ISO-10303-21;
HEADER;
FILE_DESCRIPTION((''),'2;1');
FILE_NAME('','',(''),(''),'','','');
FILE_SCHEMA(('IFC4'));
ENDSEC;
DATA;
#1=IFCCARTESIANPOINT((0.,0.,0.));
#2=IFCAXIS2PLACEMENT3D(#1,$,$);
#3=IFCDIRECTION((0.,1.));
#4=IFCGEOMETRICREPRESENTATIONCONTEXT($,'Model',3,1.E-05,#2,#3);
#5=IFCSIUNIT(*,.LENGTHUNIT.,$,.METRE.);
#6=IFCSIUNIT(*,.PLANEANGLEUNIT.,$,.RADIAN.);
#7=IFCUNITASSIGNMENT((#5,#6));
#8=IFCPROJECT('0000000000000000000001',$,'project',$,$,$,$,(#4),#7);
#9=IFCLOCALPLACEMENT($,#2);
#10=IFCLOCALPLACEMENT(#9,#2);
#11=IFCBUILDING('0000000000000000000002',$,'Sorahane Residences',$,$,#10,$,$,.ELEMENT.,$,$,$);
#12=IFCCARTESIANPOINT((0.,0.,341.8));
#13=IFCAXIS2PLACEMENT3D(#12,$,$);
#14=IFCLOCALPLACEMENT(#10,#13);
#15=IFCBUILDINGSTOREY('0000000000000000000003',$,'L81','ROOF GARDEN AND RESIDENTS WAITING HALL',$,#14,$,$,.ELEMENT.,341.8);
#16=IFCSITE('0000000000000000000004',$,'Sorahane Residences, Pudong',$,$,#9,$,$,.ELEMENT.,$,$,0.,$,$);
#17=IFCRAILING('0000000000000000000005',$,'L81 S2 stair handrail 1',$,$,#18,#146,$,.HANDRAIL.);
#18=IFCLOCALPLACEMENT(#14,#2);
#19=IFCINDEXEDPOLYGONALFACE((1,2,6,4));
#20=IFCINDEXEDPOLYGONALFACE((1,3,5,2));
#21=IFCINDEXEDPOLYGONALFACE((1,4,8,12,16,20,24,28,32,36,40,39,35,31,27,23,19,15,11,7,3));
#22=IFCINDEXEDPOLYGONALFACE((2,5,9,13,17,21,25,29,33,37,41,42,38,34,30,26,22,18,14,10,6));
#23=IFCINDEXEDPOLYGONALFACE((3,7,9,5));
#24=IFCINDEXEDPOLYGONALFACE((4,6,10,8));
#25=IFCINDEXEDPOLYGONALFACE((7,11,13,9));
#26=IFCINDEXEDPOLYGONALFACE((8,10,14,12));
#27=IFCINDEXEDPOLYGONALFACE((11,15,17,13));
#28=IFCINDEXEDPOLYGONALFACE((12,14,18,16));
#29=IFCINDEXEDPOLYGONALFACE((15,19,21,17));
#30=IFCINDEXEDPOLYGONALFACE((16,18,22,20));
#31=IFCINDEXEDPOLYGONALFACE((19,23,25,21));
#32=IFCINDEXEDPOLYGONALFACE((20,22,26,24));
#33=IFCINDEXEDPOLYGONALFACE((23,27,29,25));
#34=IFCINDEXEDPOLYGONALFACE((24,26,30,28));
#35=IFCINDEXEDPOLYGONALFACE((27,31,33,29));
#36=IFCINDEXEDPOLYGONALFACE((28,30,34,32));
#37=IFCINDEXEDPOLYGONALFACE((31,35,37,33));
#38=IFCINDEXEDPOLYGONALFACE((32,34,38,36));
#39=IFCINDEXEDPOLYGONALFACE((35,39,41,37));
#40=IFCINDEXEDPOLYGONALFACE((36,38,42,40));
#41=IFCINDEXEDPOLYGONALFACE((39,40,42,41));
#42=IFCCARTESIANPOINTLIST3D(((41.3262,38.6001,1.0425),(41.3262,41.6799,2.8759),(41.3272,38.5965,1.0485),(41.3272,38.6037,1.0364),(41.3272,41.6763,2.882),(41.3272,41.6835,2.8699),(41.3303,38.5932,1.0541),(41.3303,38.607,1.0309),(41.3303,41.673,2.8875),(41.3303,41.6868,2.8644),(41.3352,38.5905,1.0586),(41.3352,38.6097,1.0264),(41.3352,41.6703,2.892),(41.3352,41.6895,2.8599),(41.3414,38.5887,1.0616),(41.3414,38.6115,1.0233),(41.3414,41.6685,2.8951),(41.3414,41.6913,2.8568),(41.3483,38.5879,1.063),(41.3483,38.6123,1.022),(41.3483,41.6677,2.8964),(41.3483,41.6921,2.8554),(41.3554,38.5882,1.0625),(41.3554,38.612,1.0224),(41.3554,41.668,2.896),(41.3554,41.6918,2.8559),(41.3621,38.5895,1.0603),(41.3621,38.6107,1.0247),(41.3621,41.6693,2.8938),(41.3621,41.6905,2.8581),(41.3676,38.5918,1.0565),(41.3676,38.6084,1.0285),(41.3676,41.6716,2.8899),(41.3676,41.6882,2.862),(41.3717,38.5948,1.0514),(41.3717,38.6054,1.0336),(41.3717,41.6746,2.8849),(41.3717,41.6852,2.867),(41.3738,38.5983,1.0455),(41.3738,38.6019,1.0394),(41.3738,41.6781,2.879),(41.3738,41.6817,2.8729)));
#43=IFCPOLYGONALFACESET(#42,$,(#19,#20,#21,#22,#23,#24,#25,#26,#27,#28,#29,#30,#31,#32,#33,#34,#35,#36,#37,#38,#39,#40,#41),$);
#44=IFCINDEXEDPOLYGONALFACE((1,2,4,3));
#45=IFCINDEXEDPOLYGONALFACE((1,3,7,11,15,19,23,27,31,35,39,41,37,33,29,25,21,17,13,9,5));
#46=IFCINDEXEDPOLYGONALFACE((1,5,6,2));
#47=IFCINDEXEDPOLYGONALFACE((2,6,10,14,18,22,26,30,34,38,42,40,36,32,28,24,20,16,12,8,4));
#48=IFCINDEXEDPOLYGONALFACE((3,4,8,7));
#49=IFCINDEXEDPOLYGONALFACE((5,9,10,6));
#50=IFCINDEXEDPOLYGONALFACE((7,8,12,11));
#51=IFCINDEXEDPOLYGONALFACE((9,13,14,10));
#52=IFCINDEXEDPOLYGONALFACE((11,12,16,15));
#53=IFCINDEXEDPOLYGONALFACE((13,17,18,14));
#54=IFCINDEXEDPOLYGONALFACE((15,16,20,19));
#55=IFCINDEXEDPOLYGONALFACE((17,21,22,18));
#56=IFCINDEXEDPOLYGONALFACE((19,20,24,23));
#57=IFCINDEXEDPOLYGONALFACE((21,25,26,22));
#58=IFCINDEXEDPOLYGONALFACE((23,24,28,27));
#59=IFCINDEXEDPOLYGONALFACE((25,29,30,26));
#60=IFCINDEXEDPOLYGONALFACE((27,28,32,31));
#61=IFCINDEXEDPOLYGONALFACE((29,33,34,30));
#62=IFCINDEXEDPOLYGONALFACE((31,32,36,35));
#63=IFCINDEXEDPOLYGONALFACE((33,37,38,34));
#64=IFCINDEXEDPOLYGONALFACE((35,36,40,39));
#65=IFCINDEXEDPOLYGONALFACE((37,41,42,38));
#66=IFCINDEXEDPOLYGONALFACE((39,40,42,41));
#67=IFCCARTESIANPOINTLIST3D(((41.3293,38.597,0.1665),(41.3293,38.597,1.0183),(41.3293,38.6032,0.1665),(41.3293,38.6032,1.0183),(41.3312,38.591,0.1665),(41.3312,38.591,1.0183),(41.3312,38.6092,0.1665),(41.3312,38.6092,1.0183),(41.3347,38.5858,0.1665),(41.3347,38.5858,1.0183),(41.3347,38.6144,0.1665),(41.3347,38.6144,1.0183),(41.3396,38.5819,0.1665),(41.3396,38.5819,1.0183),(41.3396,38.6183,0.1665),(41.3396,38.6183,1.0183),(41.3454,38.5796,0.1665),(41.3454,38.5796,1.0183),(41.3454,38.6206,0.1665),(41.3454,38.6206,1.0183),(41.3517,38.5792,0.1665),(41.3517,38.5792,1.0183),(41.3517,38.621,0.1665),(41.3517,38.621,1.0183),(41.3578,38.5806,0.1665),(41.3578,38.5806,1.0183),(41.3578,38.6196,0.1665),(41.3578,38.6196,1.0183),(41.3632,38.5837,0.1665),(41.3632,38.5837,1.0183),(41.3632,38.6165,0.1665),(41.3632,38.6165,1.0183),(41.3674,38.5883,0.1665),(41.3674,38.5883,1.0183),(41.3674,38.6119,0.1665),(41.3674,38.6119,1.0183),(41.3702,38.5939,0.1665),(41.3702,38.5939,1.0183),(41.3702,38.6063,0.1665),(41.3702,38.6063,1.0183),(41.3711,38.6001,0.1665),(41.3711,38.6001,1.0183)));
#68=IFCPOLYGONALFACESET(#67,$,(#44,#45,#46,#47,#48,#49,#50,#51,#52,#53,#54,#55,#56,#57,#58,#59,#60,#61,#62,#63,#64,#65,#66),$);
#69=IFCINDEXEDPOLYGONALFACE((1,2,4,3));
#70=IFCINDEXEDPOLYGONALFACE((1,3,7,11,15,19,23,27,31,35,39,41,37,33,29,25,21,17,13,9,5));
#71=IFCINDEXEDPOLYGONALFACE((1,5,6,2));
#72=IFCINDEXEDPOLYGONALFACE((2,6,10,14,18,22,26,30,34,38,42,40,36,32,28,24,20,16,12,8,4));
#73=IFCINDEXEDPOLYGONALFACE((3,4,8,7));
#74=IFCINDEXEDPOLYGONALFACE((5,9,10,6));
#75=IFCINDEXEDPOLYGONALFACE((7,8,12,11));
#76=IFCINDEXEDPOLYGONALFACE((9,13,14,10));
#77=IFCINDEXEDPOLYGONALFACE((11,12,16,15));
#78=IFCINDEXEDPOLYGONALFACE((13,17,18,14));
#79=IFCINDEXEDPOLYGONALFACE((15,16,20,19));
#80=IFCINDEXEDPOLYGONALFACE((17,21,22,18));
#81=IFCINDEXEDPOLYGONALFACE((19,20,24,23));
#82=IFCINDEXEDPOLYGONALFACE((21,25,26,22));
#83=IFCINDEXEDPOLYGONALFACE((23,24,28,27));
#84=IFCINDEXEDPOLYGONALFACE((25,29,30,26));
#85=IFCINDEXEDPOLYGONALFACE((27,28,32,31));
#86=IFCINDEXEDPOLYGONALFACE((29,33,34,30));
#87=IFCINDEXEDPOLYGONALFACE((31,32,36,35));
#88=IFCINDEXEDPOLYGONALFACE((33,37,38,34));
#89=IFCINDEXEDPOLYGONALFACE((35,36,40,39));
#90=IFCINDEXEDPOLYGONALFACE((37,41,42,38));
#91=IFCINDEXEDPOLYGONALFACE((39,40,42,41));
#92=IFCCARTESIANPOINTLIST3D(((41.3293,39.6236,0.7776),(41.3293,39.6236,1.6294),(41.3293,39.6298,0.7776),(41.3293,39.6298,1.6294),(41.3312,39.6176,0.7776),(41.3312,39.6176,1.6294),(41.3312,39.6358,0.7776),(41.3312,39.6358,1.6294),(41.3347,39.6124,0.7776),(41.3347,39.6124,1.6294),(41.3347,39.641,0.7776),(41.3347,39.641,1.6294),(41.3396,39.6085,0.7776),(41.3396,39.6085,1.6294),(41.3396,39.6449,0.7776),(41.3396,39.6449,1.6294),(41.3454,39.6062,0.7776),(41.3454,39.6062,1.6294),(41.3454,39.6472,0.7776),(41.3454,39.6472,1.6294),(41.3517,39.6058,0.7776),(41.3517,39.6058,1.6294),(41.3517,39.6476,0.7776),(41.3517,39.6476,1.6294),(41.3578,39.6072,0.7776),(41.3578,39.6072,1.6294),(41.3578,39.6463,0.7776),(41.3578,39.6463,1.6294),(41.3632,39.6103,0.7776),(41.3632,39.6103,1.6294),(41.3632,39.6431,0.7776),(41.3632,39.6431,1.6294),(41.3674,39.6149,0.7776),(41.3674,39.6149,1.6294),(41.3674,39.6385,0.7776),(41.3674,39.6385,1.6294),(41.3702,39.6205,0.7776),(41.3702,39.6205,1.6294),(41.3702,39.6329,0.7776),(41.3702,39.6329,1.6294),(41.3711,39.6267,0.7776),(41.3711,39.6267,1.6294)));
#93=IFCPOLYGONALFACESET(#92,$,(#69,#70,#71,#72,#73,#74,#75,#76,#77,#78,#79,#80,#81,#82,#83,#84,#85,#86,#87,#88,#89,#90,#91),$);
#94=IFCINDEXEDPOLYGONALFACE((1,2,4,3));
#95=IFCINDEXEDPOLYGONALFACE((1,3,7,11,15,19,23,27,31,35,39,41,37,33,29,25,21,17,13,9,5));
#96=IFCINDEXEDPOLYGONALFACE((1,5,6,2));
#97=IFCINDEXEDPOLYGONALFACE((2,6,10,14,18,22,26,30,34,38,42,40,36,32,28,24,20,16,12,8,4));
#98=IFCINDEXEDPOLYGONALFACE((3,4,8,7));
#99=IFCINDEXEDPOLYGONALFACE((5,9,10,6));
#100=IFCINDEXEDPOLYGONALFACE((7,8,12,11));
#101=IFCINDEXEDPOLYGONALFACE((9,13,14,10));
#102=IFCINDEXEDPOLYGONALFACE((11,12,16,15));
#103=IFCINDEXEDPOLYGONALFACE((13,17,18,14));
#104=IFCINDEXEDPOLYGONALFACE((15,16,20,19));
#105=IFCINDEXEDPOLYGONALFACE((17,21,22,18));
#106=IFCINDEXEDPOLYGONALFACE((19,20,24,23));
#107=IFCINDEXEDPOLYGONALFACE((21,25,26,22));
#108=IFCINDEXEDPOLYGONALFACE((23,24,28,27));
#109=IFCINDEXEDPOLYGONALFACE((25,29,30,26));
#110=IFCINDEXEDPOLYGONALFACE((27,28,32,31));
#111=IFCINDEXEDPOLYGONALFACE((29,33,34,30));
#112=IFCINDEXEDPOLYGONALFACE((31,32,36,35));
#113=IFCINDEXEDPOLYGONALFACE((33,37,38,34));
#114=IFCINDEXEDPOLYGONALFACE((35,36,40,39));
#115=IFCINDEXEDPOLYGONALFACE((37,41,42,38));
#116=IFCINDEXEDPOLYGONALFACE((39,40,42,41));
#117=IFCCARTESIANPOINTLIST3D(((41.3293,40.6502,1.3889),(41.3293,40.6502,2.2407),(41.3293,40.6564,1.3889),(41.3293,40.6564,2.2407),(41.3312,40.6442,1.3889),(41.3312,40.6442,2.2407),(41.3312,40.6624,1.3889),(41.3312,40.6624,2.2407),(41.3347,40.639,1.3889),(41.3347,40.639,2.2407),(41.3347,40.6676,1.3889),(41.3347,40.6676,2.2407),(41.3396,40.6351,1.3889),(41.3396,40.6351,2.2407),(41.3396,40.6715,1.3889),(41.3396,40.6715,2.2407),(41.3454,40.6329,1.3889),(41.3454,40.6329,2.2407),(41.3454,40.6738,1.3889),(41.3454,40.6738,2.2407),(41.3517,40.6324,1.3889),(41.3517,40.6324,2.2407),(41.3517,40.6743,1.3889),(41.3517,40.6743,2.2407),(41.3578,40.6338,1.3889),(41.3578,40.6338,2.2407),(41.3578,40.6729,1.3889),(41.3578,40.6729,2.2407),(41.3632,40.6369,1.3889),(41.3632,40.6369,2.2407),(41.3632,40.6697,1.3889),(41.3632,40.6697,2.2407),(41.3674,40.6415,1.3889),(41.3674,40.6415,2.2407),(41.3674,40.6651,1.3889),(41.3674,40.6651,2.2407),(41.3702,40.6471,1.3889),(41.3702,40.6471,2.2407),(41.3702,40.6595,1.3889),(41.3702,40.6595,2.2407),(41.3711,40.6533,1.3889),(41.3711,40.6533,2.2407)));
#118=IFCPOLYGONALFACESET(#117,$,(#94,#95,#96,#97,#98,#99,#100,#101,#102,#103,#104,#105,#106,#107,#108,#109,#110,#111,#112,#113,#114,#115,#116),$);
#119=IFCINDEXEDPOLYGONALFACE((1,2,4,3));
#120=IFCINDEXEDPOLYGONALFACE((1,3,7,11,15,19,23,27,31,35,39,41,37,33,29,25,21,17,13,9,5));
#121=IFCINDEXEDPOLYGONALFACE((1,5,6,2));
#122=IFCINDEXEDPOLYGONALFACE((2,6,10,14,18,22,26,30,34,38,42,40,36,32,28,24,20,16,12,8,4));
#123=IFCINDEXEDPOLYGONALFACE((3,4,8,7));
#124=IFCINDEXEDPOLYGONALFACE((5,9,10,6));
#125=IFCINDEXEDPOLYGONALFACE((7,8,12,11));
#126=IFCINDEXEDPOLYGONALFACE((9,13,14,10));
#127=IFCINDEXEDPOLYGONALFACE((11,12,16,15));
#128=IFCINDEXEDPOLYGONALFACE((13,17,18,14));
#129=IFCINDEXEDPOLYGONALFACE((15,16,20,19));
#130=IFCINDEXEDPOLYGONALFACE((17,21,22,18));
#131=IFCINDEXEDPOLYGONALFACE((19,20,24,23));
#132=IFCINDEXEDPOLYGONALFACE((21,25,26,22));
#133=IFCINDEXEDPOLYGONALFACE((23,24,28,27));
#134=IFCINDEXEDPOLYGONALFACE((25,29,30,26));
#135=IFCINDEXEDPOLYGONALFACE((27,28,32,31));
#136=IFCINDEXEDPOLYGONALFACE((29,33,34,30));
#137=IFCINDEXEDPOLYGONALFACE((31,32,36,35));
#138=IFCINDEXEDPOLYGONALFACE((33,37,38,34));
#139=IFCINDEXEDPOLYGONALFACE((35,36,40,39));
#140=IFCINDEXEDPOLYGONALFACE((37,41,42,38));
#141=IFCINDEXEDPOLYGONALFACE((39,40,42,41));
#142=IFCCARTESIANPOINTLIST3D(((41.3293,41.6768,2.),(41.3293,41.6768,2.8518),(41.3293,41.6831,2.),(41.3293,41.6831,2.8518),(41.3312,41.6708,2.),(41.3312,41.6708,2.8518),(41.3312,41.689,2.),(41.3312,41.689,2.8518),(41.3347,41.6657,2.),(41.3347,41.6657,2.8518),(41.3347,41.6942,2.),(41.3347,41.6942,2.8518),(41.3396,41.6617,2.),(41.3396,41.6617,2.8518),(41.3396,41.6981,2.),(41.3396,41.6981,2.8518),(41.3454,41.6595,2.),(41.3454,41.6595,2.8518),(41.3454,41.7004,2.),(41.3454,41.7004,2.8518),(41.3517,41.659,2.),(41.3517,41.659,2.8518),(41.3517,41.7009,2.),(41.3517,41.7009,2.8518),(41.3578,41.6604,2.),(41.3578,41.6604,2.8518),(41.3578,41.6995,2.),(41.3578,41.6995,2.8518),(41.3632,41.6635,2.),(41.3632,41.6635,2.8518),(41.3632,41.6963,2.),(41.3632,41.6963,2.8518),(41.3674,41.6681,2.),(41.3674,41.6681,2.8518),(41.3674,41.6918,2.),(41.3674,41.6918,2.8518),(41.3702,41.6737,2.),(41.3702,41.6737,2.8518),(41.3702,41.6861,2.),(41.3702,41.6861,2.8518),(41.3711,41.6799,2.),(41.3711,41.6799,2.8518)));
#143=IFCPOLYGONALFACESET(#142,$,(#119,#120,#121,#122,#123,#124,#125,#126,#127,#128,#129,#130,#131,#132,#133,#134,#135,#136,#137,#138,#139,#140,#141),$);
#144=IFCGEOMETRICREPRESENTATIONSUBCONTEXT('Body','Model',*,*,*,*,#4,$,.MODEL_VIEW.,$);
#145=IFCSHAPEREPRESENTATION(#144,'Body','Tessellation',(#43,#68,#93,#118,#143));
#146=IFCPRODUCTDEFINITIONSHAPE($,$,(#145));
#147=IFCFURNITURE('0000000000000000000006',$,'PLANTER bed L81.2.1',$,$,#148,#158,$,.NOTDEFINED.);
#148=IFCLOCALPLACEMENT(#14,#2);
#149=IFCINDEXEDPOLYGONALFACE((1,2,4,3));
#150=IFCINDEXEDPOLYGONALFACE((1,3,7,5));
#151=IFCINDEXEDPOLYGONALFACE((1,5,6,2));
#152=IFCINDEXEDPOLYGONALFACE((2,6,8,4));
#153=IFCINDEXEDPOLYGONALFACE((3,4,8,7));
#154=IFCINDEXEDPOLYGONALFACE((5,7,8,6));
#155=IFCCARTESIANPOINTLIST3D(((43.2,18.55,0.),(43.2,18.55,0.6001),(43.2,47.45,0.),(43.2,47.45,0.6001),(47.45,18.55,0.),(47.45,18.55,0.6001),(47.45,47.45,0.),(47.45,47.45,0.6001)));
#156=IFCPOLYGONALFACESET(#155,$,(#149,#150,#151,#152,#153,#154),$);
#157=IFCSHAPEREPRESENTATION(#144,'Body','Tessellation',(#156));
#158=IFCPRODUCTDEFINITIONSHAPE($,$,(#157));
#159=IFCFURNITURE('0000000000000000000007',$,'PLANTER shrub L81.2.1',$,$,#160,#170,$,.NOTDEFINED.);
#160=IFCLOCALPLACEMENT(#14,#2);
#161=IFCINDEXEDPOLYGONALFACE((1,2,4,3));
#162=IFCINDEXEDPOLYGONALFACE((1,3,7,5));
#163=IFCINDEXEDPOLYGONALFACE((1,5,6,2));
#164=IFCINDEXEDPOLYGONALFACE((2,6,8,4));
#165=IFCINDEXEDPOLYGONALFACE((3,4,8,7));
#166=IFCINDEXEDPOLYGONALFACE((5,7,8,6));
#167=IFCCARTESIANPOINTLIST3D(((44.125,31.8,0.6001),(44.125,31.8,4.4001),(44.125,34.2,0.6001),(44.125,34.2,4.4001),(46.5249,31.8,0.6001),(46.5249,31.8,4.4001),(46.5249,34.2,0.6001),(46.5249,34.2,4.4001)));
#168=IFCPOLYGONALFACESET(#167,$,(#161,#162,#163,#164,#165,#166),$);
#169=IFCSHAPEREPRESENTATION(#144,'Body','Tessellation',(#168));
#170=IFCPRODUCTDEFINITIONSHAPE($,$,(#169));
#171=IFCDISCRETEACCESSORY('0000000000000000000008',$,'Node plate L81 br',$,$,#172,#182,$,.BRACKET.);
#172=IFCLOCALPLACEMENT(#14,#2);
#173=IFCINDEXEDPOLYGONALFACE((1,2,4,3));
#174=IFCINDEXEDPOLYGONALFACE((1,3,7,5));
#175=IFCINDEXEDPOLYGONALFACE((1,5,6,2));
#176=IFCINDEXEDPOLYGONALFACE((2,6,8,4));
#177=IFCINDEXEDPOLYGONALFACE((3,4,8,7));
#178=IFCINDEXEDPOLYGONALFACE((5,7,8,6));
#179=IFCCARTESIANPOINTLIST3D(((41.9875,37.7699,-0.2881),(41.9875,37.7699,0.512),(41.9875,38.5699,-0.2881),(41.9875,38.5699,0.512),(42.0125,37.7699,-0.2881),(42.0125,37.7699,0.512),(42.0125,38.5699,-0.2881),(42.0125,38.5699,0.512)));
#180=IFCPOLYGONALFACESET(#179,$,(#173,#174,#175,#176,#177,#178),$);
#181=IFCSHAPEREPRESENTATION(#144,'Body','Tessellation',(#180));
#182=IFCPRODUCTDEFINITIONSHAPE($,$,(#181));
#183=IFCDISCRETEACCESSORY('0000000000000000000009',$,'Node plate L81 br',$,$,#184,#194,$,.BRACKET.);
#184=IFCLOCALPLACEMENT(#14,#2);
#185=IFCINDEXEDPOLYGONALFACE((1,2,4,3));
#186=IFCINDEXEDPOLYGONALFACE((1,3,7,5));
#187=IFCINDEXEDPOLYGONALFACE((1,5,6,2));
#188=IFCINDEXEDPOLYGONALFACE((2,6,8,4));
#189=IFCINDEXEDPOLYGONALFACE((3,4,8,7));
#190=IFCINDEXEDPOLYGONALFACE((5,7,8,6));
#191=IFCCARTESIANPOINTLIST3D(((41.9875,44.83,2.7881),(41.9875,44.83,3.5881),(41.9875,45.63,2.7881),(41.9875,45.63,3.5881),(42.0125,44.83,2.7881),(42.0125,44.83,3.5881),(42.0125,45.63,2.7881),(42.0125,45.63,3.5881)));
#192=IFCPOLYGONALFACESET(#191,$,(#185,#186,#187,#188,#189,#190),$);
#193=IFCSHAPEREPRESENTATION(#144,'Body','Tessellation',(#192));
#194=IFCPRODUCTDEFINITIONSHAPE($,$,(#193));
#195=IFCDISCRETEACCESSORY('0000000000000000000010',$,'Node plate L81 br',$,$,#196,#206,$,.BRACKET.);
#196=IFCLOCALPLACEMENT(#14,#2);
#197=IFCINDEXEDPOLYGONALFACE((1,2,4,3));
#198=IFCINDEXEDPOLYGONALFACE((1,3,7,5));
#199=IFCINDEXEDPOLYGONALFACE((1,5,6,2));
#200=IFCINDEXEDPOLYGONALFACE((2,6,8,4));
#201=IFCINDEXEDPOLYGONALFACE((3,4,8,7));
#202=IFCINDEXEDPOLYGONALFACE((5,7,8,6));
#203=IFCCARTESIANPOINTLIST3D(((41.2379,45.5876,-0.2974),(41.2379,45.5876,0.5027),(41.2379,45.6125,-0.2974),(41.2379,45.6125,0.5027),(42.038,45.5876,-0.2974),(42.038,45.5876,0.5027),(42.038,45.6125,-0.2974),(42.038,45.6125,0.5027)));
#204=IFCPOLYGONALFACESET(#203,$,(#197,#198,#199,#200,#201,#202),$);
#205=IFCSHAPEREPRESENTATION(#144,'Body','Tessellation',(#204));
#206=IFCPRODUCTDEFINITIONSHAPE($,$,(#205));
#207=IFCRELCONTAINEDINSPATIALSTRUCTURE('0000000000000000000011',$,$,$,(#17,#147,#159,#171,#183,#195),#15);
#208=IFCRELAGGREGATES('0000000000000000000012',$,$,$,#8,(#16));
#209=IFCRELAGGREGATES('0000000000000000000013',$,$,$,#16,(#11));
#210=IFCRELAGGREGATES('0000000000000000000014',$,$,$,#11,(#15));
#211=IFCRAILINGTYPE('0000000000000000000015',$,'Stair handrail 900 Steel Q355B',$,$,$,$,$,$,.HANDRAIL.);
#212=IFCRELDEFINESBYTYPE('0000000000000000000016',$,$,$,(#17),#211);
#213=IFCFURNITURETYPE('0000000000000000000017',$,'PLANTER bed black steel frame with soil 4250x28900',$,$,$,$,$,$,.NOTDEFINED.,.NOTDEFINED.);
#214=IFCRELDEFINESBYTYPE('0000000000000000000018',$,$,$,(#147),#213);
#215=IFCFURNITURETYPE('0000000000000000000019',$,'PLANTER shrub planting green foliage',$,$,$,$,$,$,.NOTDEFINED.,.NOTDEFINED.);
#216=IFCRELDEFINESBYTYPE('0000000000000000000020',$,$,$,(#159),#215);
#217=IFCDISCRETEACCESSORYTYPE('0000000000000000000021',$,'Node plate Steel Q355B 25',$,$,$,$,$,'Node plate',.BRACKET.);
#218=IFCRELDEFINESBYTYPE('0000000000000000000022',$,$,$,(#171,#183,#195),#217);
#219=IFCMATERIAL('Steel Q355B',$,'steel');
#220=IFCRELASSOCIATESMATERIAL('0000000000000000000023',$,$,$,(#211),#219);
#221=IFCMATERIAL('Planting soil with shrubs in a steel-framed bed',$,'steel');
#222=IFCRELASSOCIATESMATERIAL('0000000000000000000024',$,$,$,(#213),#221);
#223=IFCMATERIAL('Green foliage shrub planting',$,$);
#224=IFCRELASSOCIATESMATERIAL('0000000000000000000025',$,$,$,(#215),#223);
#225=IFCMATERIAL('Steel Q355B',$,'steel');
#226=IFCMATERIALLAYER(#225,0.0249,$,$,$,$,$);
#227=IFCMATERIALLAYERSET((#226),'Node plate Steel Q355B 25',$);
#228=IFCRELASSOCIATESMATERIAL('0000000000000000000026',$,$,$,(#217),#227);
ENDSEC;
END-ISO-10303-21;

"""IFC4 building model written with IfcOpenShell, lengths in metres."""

from ifc_helpers import new_model, si_unit, direction, frame, origin, origin_2d, place, context, subcontext, project, spatial, rectangle, circle, extrude, material, layer, layer_set, type_object, element, save


model = new_model("IFC4")

# Units and contexts
model_context = context("Model", 3, precision=1e-05, world=origin(), true_north=direction((0.0, 1.0)))
body_context = subcontext(model_context, "Body", "Model", "MODEL_VIEW")
ifc_project = project(units=[si_unit("LENGTHUNIT", "METRE"), si_unit("PLANEANGLEUNIT", "RADIAN")], contexts=[model_context])

# Site, building, storey
site_placement = place(None, origin())
site = spatial("IfcSite", under=ifc_project, at=site_placement, Name="Sorahane Residences, Pudong", CompositionType="ELEMENT", RefElevation=0.0)
building_placement = place(site_placement, origin())
building = spatial("IfcBuilding", under=site, at=building_placement, Name="Sorahane Residences", CompositionType="ELEMENT")
storey_placement = place(building_placement, frame((0.0, 0.0, 341.8)))
storey = spatial("IfcBuildingStorey", under=building, at=storey_placement, Name="L81", Description="ROOF GARDEN AND RESIDENTS WAITING HALL", CompositionType="ELEMENT", Elevation=341.8)

# Railing
ifc_material_1 = material(Name="Steel Q355B", Category="steel")
railing_type_1 = type_object("IfcRailingType", Name="Stair handrail 900 Steel Q355B", PredefinedType="HANDRAIL", material=ifc_material_1)
railing_1_placement = place(storey_placement, frame((41.3501, 38.6001, 0.1665)))
element("IfcRailing", 1, at=railing_1_placement, inside=storey, type_object=railing_type_1, Name="L81 S2 stair handrail 1", PredefinedType="HANDRAIL", context=body_context, shape_type="SweptSolid", body=[
    extrude(circle(Radius=0.0239, at=origin_2d()), frame((0.0, 0.0, 0.876), z_axis=(0.0, 0.859261, 0.511538), x_axis=(-1.0, 0.0, 0.0)), (0.0, 0.0, 1.0), 3.5842),
    extrude(circle(Radius=0.021, at=origin_2d()), origin(), (0.0, 0.0, 1.0), 0.8518),
    extrude(circle(Radius=0.021, at=origin_2d()), frame((0.0, 1.0266, 0.6111)), (0.0, 0.0, 1.0), 0.8518),
    extrude(circle(Radius=0.021, at=origin_2d()), frame((0.0, 2.0532, 1.2224)), (0.0, 0.0, 1.0), 0.8518),
    extrude(circle(Radius=0.021, at=origin_2d()), frame((0.0, 3.0798, 1.8335)), (0.0, 0.0, 1.0), 0.8518),
])

# Furniture
ifc_material_2 = material(Name="Planting soil with shrubs in a steel-framed bed", Category="steel")
furniture_type_1 = type_object("IfcFurnitureType", Name="PLANTER bed black steel frame with soil 4250x28900", AssemblyPlace="NOTDEFINED", PredefinedType="NOTDEFINED", material=ifc_material_2)
furniture_1_placement = place(storey_placement, frame((45.325, 33.0, 0.0), z_axis=(0.0, 0.0, 1.0), x_axis=(1.0, 0.0, 0.0)))
element("IfcFurniture", 2, at=furniture_1_placement, inside=storey, type_object=furniture_type_1, Name="PLANTER bed L81.2.1", PredefinedType="NOTDEFINED", context=body_context, shape_type="SweptSolid", body=[
    extrude(rectangle(XDim=4.25, YDim=28.8999, at=origin_2d()), origin(), (0.0, 0.0, 1.0), 0.6001),
])
ifc_material_3 = material(Name="Green foliage shrub planting")
furniture_type_2 = type_object("IfcFurnitureType", Name="PLANTER shrub planting green foliage", AssemblyPlace="NOTDEFINED", PredefinedType="NOTDEFINED", material=ifc_material_3)
furniture_2_placement = place(storey_placement, frame((45.325, 33.0, 0.6001), z_axis=(0.0, 0.0, 1.0), x_axis=(1.0, 0.0, 0.0)))
element("IfcFurniture", 3, at=furniture_2_placement, inside=storey, type_object=furniture_type_2, Name="PLANTER shrub L81.2.1", PredefinedType="NOTDEFINED", context=body_context, shape_type="SweptSolid", body=[
    extrude(rectangle(XDim=2.3999, YDim=2.3999, at=origin_2d()), origin(), (0.0, 0.0, 1.0), 3.8),
])

# Discrete accessories
ifc_material_4 = material(Name="Steel Q355B", Category="steel")
ifc_layer_1 = layer(ifc_material_4, 0.0249)
ifc_layer_set_1 = layer_set([ifc_layer_1], Name="Node plate Steel Q355B 25")
discrete_accessory_type = type_object("IfcDiscreteAccessoryType", Name="Node plate Steel Q355B 25", ElementType="Node plate", PredefinedType="BRACKET", material=ifc_layer_set_1)
for number, where, z_axis, x_axis, name in (
    (4, (42.0, 38.1699, -0.2881), (0.0, 0.0, 1.0), (0.0, 1.0, 0.0), "Node plate L81 br"),
    (5, (42.0, 45.23, 2.7881), (0.0, 0.0, 1.0), (0.0, 1.0, 0.0), "Node plate L81 br"),
    (6, (41.6379, 45.6001, -0.2974), (0.0, 0.0, 1.0), (1.0, 0.0, 0.0), "Node plate L81 br"),
):
    element("IfcDiscreteAccessory", number, at=place(storey_placement, frame(where, z_axis=z_axis, x_axis=x_axis)), inside=storey, type_object=discrete_accessory_type, Name=name, PredefinedType="BRACKET", context=body_context, shape_type="SweptSolid", body=[
        extrude(rectangle(XDim=0.8, YDim=0.0249, at=origin_2d()), origin(), (0.0, 0.0, 1.0), 0.8),
    ])

save(model, "model.ifc")
